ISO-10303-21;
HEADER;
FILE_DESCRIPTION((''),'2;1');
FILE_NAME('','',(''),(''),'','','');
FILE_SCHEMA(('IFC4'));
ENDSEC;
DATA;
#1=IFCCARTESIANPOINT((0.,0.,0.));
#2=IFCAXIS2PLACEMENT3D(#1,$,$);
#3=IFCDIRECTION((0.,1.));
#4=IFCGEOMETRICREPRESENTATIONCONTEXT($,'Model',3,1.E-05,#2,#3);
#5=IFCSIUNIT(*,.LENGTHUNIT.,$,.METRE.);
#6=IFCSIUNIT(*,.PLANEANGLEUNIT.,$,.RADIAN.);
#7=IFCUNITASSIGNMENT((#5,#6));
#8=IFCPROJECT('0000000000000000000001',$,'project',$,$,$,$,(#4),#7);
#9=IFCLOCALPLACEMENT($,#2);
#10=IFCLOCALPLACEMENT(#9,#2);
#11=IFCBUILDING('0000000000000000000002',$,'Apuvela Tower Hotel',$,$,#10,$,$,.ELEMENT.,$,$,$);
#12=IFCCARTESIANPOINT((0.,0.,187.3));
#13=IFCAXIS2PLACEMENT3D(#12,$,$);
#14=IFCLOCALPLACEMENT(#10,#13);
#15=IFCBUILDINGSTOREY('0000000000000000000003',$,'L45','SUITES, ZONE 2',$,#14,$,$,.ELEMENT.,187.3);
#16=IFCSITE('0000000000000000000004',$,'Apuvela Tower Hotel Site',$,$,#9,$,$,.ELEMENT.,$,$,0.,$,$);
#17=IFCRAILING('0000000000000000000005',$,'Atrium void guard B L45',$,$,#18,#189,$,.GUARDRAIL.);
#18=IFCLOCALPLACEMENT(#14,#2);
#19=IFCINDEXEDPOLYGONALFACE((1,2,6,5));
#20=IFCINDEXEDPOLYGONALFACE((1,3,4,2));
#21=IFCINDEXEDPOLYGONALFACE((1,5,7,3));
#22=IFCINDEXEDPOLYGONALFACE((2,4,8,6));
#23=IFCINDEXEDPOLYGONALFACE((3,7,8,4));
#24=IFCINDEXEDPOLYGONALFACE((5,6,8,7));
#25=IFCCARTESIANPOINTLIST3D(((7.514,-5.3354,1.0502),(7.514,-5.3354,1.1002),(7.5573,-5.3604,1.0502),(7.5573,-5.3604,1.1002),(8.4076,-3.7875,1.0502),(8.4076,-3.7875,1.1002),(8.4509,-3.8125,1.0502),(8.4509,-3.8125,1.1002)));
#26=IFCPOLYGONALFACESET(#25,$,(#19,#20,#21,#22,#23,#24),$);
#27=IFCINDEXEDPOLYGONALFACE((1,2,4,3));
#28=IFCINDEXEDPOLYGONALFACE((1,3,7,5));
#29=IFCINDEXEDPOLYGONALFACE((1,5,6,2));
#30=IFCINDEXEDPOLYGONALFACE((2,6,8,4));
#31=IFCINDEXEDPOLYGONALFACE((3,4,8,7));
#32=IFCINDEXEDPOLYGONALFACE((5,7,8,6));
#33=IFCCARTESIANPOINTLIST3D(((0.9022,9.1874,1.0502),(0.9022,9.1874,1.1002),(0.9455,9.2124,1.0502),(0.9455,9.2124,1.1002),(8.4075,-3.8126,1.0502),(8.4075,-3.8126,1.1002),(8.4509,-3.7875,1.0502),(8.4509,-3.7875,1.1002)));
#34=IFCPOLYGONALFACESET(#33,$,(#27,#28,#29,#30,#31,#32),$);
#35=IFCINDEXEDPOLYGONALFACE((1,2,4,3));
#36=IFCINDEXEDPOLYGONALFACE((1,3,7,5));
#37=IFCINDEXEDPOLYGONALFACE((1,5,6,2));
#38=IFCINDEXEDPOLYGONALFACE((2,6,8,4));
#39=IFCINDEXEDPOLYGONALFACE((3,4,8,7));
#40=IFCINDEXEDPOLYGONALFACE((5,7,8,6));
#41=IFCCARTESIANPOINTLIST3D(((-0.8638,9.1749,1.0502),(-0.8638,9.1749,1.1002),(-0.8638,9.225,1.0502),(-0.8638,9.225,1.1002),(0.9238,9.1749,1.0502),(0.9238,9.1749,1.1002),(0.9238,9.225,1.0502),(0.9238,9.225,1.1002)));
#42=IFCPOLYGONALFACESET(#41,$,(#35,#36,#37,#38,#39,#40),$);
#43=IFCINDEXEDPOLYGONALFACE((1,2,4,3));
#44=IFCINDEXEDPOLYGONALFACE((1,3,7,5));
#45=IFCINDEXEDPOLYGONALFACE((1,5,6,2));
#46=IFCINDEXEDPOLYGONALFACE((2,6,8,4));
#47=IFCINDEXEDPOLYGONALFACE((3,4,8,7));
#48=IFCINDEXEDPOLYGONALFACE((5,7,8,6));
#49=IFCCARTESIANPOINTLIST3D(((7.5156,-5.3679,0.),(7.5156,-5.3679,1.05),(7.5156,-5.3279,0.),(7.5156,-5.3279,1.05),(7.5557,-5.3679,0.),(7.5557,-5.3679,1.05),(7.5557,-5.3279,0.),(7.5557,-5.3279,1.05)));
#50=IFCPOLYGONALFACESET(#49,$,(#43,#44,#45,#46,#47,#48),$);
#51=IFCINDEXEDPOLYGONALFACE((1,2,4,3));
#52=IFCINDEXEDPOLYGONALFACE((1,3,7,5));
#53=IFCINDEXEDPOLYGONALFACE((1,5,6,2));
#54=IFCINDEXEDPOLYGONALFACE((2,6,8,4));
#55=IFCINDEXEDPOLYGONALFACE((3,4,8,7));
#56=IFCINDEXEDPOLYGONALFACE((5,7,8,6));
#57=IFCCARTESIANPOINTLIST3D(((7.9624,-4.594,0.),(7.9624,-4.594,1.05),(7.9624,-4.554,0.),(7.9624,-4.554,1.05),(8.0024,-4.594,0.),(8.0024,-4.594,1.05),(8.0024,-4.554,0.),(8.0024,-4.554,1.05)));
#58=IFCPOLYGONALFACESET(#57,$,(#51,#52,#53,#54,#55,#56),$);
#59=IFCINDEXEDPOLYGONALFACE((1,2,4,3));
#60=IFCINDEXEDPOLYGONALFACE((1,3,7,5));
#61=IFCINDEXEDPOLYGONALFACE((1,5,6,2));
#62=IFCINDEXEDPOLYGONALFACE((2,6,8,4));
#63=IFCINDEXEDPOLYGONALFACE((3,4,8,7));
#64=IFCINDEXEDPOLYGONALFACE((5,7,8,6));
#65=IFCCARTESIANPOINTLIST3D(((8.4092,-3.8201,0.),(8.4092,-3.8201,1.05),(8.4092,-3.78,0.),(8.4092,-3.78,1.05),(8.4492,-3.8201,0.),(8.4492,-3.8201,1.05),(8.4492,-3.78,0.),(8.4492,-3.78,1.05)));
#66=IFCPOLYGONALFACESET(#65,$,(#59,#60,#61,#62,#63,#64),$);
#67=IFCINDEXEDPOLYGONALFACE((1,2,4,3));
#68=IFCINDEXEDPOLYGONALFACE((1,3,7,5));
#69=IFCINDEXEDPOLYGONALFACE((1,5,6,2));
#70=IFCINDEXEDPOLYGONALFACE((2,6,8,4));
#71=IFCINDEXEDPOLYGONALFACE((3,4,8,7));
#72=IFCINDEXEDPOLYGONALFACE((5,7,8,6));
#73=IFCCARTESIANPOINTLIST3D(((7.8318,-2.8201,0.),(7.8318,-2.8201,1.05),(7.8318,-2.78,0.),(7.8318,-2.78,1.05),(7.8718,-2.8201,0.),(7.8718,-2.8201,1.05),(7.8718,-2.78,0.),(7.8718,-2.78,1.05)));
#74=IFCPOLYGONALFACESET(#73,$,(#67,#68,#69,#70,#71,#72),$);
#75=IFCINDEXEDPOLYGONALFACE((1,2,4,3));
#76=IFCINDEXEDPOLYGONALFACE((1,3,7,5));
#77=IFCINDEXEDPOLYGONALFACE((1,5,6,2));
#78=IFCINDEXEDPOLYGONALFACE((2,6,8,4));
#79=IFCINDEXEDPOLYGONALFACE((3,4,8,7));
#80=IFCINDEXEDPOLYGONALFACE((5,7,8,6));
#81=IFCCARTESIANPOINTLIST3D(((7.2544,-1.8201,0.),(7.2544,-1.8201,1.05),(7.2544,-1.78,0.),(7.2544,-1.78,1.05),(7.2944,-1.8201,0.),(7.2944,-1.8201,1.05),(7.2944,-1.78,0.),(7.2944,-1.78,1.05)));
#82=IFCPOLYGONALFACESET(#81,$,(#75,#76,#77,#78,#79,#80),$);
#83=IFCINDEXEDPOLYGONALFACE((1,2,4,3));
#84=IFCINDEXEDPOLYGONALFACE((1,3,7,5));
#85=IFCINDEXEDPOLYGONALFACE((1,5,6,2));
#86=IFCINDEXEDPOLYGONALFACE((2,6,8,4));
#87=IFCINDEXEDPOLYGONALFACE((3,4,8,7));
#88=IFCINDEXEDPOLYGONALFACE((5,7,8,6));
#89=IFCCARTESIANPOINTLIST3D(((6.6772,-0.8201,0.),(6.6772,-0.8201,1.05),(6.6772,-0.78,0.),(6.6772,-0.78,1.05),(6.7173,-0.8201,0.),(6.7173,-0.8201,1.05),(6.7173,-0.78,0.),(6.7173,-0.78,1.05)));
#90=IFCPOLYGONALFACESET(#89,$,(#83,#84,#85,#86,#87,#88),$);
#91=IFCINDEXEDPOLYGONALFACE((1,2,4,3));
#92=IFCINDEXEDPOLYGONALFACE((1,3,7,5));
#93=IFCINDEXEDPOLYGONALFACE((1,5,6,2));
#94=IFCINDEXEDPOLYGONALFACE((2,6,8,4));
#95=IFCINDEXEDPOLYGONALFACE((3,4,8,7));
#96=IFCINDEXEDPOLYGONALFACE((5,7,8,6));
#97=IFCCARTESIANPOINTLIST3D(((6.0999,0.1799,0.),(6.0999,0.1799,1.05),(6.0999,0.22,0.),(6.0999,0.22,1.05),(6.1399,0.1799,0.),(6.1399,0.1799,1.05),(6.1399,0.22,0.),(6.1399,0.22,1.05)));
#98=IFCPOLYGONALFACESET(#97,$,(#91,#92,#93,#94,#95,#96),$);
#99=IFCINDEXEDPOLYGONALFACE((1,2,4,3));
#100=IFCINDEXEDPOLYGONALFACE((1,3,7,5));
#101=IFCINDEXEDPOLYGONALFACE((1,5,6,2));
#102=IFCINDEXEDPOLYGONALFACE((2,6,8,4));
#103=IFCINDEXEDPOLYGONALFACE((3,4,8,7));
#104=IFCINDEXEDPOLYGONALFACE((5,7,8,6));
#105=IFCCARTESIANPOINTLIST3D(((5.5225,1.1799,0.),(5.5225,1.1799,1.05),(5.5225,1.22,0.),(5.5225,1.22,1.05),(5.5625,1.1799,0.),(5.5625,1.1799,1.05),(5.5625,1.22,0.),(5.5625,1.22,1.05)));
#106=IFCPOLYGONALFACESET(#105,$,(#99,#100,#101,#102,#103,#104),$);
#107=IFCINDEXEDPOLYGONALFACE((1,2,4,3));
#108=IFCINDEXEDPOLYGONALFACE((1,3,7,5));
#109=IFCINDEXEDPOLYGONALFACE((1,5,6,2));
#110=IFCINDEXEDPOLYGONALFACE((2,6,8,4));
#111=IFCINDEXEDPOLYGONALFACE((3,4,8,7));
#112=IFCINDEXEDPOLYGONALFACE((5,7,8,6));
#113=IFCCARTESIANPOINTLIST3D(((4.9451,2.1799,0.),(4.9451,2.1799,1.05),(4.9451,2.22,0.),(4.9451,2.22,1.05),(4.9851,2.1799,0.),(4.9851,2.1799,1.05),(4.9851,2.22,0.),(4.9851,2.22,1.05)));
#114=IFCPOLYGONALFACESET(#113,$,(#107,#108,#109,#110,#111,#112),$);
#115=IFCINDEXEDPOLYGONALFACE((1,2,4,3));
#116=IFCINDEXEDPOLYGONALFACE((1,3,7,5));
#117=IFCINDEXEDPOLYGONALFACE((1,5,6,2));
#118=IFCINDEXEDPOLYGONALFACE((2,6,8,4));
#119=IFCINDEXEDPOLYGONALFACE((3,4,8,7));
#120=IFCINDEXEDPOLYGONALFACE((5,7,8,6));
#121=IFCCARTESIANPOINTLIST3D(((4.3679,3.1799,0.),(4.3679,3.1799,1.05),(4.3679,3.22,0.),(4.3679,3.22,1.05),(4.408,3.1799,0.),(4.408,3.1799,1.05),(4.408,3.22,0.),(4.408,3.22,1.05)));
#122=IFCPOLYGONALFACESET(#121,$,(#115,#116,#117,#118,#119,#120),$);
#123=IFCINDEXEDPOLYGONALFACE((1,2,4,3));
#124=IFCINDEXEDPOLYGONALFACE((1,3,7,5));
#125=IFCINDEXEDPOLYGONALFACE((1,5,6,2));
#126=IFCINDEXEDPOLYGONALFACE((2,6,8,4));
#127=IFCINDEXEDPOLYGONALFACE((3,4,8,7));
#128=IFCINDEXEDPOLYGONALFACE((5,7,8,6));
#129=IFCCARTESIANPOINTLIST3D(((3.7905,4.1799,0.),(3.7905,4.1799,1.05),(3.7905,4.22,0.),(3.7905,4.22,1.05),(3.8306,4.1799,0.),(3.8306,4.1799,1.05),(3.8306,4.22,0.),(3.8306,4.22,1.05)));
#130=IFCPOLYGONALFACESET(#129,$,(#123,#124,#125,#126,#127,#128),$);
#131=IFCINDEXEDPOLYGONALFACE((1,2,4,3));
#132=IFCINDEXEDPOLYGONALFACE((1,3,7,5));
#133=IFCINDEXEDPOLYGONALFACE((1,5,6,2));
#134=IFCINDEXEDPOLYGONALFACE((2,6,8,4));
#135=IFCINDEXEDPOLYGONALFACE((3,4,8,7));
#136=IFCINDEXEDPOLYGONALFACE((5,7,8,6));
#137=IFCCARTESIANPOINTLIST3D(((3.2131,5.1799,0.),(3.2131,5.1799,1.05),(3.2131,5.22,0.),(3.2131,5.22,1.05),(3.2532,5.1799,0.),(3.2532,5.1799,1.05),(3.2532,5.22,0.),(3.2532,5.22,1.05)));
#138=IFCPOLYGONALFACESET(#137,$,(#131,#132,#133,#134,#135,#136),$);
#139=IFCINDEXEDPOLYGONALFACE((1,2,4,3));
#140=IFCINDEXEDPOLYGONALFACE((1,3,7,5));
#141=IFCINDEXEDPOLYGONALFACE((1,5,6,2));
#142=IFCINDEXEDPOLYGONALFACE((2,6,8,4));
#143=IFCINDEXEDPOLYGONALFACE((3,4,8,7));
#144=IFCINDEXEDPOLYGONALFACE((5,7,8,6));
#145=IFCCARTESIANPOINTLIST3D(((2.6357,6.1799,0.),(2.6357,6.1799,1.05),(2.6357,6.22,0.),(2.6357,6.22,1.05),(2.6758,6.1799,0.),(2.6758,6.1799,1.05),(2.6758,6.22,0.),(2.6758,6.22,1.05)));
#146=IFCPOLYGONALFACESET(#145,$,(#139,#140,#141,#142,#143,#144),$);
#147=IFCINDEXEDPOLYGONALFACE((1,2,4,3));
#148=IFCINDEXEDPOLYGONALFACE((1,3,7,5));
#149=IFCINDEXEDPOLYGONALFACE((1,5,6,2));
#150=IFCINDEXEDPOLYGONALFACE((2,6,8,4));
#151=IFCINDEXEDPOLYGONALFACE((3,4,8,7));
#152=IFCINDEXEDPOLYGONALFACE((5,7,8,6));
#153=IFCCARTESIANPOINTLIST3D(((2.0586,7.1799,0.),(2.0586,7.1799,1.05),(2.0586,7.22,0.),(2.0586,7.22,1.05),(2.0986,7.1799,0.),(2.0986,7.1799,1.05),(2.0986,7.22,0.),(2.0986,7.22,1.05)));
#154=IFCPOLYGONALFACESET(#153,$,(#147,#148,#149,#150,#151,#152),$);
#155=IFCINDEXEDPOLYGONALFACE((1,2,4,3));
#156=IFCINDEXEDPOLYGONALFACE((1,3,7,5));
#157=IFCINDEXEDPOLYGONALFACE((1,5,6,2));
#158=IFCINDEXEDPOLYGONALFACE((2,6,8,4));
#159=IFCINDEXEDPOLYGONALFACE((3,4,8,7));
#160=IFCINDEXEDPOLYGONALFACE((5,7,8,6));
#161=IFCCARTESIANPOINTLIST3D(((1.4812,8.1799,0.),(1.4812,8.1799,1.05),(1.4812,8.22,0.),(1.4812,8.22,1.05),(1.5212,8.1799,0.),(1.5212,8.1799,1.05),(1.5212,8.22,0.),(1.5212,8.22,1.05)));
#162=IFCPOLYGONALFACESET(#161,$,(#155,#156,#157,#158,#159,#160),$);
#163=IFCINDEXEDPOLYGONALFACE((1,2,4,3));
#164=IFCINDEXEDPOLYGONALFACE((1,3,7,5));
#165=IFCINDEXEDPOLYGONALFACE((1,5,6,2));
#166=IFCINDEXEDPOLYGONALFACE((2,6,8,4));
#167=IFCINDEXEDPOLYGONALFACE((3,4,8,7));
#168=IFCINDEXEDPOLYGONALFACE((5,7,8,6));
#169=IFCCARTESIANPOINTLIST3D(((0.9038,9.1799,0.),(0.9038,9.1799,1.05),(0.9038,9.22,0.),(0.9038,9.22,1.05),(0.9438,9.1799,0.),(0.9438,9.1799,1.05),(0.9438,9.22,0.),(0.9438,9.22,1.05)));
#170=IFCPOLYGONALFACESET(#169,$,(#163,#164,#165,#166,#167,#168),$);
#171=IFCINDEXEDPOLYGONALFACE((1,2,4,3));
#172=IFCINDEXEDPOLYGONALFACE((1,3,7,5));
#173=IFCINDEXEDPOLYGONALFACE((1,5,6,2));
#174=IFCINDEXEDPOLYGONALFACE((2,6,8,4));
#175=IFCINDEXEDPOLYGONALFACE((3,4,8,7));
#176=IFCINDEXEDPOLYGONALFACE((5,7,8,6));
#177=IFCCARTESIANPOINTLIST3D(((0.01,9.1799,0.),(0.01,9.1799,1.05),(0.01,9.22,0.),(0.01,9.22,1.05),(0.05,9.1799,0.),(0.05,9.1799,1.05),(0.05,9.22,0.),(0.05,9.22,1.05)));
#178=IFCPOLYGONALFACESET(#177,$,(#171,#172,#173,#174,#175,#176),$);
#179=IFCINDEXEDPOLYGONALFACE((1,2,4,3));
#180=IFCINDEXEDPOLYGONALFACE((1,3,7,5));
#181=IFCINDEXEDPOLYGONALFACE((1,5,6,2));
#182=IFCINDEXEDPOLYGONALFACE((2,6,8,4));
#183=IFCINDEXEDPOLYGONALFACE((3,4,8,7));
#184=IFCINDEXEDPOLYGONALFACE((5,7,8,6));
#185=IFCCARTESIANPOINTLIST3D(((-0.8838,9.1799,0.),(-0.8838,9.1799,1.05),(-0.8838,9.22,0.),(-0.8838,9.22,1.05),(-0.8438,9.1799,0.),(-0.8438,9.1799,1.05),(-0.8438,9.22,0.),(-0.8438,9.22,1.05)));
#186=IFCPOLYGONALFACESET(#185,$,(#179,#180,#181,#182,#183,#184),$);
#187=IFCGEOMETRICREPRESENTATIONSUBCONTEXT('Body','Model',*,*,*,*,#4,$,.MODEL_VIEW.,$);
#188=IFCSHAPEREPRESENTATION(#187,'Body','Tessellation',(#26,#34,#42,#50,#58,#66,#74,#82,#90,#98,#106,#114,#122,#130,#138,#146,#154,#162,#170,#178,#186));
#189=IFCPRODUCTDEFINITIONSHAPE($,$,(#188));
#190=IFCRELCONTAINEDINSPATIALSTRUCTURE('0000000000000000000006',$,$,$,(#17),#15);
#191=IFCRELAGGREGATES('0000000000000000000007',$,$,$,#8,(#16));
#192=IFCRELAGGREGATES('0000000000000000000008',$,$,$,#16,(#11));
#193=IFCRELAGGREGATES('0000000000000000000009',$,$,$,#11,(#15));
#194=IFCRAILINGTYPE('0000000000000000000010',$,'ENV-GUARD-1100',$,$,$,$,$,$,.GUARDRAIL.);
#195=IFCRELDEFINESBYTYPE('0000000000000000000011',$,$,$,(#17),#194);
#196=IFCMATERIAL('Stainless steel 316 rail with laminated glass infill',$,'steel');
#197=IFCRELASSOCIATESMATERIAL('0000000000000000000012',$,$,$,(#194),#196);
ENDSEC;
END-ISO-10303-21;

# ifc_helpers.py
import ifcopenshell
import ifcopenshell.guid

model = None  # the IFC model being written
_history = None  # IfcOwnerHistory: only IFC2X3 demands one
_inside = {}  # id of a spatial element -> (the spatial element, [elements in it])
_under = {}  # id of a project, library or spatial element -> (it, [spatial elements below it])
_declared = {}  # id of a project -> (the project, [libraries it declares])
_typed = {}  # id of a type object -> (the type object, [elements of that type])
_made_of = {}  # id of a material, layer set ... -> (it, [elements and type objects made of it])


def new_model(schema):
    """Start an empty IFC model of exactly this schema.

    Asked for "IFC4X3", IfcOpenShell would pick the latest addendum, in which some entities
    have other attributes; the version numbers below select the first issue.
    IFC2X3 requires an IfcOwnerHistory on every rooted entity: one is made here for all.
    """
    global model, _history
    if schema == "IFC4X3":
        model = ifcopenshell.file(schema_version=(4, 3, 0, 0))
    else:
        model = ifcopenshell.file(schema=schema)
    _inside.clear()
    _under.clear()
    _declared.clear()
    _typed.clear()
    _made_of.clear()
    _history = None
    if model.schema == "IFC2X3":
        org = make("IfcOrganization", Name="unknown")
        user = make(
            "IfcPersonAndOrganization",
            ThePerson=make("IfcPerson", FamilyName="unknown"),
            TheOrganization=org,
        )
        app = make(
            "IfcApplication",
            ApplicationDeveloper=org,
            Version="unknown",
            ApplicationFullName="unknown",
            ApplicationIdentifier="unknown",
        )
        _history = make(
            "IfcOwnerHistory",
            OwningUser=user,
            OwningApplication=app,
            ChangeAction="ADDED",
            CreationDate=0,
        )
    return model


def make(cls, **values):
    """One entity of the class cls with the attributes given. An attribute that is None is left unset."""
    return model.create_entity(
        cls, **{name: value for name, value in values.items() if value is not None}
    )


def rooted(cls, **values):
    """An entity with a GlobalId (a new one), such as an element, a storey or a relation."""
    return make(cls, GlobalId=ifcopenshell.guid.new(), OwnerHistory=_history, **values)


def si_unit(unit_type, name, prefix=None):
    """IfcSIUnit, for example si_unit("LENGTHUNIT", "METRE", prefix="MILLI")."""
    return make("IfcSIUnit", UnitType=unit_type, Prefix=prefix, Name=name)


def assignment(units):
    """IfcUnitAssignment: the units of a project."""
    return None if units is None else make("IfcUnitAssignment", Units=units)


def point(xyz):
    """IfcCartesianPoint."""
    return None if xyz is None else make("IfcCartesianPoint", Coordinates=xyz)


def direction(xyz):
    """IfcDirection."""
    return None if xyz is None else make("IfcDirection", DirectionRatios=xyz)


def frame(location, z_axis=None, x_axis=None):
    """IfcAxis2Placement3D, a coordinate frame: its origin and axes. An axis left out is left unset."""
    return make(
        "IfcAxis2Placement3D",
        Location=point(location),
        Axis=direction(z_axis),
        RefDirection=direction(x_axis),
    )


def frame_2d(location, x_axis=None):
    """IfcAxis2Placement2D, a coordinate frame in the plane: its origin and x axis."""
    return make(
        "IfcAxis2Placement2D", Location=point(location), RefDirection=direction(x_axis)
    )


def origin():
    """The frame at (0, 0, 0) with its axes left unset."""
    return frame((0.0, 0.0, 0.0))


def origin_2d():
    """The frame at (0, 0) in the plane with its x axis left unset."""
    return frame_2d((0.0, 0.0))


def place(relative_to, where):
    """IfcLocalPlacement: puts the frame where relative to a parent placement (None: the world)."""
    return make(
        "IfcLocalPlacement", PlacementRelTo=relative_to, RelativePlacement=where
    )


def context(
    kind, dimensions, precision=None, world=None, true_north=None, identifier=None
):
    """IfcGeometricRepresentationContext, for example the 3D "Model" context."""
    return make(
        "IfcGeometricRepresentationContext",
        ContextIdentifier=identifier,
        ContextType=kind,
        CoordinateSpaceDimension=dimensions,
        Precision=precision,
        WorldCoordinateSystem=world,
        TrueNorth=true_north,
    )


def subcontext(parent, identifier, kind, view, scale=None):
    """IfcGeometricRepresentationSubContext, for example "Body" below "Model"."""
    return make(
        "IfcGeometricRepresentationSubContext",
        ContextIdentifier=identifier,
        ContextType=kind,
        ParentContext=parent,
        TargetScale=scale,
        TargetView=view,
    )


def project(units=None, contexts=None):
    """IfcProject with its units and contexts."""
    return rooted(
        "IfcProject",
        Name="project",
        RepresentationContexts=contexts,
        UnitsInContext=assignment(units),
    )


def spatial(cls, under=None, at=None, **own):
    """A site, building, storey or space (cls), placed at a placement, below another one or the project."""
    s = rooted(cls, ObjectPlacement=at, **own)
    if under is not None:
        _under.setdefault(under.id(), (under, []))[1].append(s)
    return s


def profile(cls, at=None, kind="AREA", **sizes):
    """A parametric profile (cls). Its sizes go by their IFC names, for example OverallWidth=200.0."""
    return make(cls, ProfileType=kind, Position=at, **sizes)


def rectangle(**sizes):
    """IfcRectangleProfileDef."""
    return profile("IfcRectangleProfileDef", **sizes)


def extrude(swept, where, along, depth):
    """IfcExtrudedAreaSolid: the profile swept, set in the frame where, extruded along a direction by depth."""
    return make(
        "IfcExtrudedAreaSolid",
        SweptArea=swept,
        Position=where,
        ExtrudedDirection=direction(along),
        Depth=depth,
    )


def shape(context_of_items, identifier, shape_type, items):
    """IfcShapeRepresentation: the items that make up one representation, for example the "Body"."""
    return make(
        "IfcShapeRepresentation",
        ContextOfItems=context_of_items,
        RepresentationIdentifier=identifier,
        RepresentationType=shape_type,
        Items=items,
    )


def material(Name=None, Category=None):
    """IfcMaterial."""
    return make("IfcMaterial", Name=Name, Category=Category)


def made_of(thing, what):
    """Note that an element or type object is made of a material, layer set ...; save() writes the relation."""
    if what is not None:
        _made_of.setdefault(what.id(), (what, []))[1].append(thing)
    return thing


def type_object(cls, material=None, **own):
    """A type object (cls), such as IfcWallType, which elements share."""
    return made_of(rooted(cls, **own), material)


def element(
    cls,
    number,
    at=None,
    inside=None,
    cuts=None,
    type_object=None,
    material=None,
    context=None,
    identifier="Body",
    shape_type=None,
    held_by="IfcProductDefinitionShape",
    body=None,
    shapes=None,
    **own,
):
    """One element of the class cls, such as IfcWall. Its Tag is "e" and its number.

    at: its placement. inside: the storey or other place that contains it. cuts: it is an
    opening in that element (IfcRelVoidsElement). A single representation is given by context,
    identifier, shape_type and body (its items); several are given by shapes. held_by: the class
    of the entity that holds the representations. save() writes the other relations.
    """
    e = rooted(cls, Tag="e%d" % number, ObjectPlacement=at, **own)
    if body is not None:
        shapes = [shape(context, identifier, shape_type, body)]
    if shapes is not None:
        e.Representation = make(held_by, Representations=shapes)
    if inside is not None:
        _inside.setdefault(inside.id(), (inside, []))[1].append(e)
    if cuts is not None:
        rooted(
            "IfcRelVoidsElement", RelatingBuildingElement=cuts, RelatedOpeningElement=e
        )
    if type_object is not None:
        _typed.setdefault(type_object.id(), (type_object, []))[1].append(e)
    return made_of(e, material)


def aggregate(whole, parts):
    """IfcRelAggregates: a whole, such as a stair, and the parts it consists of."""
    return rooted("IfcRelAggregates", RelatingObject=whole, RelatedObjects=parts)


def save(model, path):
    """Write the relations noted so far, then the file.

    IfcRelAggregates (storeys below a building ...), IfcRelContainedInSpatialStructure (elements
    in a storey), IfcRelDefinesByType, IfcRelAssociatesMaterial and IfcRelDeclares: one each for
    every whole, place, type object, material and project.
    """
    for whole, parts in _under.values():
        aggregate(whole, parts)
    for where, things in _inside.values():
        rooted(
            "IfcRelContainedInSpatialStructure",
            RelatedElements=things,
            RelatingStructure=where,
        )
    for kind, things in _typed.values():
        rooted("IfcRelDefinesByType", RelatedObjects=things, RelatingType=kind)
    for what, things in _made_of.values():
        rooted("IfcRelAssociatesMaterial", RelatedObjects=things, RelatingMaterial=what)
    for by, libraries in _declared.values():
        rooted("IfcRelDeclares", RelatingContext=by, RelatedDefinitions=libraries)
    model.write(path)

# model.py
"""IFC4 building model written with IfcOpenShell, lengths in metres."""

from ifc_helpers import new_model, si_unit, direction, frame, origin, origin_2d, place, context, subcontext, project, spatial, rectangle, extrude, material, type_object, element, save


model = new_model("IFC4")

# Units and contexts
model_context = context("Model", 3, precision=1e-05, world=origin(), true_north=direction((0.0, 1.0)))
body_context = subcontext(model_context, "Body", "Model", "MODEL_VIEW")
ifc_project = project(units=[si_unit("LENGTHUNIT", "METRE"), si_unit("PLANEANGLEUNIT", "RADIAN")], contexts=[model_context])

# Site, building, storey
site_placement = place(None, origin())
site = spatial("IfcSite", under=ifc_project, at=site_placement, Name="Apuvela Tower Hotel Site", CompositionType="ELEMENT", RefElevation=0.0)
building_placement = place(site_placement, origin())
building = spatial("IfcBuilding", under=site, at=building_placement, Name="Apuvela Tower Hotel", CompositionType="ELEMENT")
storey_placement = place(building_placement, frame((0.0, 0.0, 187.3)))
storey = spatial("IfcBuildingStorey", under=building, at=storey_placement, Name="L45", Description="SUITES, ZONE 2", CompositionType="ELEMENT", Elevation=187.3)

# Railing
ifc_material_1 = material(Name="Stainless steel 316 rail with laminated glass infill", Category="steel")
railing_type_1 = type_object("IfcRailingType", Name="ENV-GUARD-1100", PredefinedType="GUARDRAIL", material=ifc_material_1)
railing_1_placement = place(storey_placement, frame((7.5356, -5.3479, 0.0)))
element("IfcRailing", 1, at=railing_1_placement, inside=storey, type_object=railing_type_1, Name="Atrium void guard B L45", PredefinedType="GUARDRAIL", context=body_context, shape_type="SweptSolid", body=[
    extrude(rectangle(XDim=0.05, YDim=0.05, at=origin_2d()), frame((0.0, 0.0, 1.0752), z_axis=(0.499959, 0.866049, 0.0), x_axis=(-0.866049, 0.499959, 0.0)), (0.0, 0.0, 1.0), 1.7874),
    extrude(rectangle(XDim=0.05, YDim=0.05, at=origin_2d()), frame((0.8936, 1.5479, 1.0752), z_axis=(-0.499991, 0.866031, 0.0), x_axis=(-0.866031, -0.499991, 0.0)), (0.0, 0.0, 1.0), 15.011),
    extrude(rectangle(XDim=0.05, YDim=0.05, at=origin_2d()), frame((-6.6118, 14.5479, 1.0752), z_axis=(-1.0, 0.0, 0.0), x_axis=(0.0, -1.0, 0.0)), (0.0, 0.0, 1.0), 1.7876),
    extrude(rectangle(XDim=0.04, YDim=0.04, at=origin_2d()), origin(), (0.0, 0.0, 1.0), 1.05),
    extrude(rectangle(XDim=0.04, YDim=0.04, at=origin_2d()), frame((0.4468, 0.7739, 0.0)), (0.0, 0.0, 1.0), 1.05),
    extrude(rectangle(XDim=0.04, YDim=0.04, at=origin_2d()), frame((0.8936, 1.5479, 0.0)), (0.0, 0.0, 1.0), 1.05),
    extrude(rectangle(XDim=0.04, YDim=0.04, at=origin_2d()), frame((0.3162, 2.5479, 0.0)), (0.0, 0.0, 1.0), 1.05),
    extrude(rectangle(XDim=0.04, YDim=0.04, at=origin_2d()), frame((-0.2612, 3.5479, 0.0)), (0.0, 0.0, 1.0), 1.05),
    extrude(rectangle(XDim=0.04, YDim=0.04, at=origin_2d()), frame((-0.8384, 4.5479, 0.0)), (0.0, 0.0, 1.0), 1.05),
    extrude(rectangle(XDim=0.04, YDim=0.04, at=origin_2d()), frame((-1.4158, 5.5479, 0.0)), (0.0, 0.0, 1.0), 1.05),
    extrude(rectangle(XDim=0.04, YDim=0.04, at=origin_2d()), frame((-1.9932, 6.5479, 0.0)), (0.0, 0.0, 1.0), 1.05),
    extrude(rectangle(XDim=0.04, YDim=0.04, at=origin_2d()), frame((-2.5706, 7.5479, 0.0)), (0.0, 0.0, 1.0), 1.05),
    extrude(rectangle(XDim=0.04, YDim=0.04, at=origin_2d()), frame((-3.1477, 8.5479, 0.0)), (0.0, 0.0, 1.0), 1.05),
    extrude(rectangle(XDim=0.04, YDim=0.04, at=origin_2d()), frame((-3.7251, 9.5479, 0.0)), (0.0, 0.0, 1.0), 1.05),
    extrude(rectangle(XDim=0.04, YDim=0.04, at=origin_2d()), frame((-4.3025, 10.5479, 0.0)), (0.0, 0.0, 1.0), 1.05),
    extrude(rectangle(XDim=0.04, YDim=0.04, at=origin_2d()), frame((-4.8799, 11.5479, 0.0)), (0.0, 0.0, 1.0), 1.05),
    extrude(rectangle(XDim=0.04, YDim=0.04, at=origin_2d()), frame((-5.457, 12.5479, 0.0)), (0.0, 0.0, 1.0), 1.05),
    extrude(rectangle(XDim=0.04, YDim=0.04, at=origin_2d()), frame((-6.0344, 13.5479, 0.0)), (0.0, 0.0, 1.0), 1.05),
    extrude(rectangle(XDim=0.04, YDim=0.04, at=origin_2d()), frame((-6.6118, 14.5479, 0.0)), (0.0, 0.0, 1.0), 1.05),
    extrude(rectangle(XDim=0.04, YDim=0.04, at=origin_2d()), frame((-7.5056, 14.5479, 0.0)), (0.0, 0.0, 1.0), 1.05),
    extrude(rectangle(XDim=0.04, YDim=0.04, at=origin_2d()), frame((-8.3994, 14.5479, 0.0)), (0.0, 0.0, 1.0), 1.05),
])

save(model, "model.ifc")
